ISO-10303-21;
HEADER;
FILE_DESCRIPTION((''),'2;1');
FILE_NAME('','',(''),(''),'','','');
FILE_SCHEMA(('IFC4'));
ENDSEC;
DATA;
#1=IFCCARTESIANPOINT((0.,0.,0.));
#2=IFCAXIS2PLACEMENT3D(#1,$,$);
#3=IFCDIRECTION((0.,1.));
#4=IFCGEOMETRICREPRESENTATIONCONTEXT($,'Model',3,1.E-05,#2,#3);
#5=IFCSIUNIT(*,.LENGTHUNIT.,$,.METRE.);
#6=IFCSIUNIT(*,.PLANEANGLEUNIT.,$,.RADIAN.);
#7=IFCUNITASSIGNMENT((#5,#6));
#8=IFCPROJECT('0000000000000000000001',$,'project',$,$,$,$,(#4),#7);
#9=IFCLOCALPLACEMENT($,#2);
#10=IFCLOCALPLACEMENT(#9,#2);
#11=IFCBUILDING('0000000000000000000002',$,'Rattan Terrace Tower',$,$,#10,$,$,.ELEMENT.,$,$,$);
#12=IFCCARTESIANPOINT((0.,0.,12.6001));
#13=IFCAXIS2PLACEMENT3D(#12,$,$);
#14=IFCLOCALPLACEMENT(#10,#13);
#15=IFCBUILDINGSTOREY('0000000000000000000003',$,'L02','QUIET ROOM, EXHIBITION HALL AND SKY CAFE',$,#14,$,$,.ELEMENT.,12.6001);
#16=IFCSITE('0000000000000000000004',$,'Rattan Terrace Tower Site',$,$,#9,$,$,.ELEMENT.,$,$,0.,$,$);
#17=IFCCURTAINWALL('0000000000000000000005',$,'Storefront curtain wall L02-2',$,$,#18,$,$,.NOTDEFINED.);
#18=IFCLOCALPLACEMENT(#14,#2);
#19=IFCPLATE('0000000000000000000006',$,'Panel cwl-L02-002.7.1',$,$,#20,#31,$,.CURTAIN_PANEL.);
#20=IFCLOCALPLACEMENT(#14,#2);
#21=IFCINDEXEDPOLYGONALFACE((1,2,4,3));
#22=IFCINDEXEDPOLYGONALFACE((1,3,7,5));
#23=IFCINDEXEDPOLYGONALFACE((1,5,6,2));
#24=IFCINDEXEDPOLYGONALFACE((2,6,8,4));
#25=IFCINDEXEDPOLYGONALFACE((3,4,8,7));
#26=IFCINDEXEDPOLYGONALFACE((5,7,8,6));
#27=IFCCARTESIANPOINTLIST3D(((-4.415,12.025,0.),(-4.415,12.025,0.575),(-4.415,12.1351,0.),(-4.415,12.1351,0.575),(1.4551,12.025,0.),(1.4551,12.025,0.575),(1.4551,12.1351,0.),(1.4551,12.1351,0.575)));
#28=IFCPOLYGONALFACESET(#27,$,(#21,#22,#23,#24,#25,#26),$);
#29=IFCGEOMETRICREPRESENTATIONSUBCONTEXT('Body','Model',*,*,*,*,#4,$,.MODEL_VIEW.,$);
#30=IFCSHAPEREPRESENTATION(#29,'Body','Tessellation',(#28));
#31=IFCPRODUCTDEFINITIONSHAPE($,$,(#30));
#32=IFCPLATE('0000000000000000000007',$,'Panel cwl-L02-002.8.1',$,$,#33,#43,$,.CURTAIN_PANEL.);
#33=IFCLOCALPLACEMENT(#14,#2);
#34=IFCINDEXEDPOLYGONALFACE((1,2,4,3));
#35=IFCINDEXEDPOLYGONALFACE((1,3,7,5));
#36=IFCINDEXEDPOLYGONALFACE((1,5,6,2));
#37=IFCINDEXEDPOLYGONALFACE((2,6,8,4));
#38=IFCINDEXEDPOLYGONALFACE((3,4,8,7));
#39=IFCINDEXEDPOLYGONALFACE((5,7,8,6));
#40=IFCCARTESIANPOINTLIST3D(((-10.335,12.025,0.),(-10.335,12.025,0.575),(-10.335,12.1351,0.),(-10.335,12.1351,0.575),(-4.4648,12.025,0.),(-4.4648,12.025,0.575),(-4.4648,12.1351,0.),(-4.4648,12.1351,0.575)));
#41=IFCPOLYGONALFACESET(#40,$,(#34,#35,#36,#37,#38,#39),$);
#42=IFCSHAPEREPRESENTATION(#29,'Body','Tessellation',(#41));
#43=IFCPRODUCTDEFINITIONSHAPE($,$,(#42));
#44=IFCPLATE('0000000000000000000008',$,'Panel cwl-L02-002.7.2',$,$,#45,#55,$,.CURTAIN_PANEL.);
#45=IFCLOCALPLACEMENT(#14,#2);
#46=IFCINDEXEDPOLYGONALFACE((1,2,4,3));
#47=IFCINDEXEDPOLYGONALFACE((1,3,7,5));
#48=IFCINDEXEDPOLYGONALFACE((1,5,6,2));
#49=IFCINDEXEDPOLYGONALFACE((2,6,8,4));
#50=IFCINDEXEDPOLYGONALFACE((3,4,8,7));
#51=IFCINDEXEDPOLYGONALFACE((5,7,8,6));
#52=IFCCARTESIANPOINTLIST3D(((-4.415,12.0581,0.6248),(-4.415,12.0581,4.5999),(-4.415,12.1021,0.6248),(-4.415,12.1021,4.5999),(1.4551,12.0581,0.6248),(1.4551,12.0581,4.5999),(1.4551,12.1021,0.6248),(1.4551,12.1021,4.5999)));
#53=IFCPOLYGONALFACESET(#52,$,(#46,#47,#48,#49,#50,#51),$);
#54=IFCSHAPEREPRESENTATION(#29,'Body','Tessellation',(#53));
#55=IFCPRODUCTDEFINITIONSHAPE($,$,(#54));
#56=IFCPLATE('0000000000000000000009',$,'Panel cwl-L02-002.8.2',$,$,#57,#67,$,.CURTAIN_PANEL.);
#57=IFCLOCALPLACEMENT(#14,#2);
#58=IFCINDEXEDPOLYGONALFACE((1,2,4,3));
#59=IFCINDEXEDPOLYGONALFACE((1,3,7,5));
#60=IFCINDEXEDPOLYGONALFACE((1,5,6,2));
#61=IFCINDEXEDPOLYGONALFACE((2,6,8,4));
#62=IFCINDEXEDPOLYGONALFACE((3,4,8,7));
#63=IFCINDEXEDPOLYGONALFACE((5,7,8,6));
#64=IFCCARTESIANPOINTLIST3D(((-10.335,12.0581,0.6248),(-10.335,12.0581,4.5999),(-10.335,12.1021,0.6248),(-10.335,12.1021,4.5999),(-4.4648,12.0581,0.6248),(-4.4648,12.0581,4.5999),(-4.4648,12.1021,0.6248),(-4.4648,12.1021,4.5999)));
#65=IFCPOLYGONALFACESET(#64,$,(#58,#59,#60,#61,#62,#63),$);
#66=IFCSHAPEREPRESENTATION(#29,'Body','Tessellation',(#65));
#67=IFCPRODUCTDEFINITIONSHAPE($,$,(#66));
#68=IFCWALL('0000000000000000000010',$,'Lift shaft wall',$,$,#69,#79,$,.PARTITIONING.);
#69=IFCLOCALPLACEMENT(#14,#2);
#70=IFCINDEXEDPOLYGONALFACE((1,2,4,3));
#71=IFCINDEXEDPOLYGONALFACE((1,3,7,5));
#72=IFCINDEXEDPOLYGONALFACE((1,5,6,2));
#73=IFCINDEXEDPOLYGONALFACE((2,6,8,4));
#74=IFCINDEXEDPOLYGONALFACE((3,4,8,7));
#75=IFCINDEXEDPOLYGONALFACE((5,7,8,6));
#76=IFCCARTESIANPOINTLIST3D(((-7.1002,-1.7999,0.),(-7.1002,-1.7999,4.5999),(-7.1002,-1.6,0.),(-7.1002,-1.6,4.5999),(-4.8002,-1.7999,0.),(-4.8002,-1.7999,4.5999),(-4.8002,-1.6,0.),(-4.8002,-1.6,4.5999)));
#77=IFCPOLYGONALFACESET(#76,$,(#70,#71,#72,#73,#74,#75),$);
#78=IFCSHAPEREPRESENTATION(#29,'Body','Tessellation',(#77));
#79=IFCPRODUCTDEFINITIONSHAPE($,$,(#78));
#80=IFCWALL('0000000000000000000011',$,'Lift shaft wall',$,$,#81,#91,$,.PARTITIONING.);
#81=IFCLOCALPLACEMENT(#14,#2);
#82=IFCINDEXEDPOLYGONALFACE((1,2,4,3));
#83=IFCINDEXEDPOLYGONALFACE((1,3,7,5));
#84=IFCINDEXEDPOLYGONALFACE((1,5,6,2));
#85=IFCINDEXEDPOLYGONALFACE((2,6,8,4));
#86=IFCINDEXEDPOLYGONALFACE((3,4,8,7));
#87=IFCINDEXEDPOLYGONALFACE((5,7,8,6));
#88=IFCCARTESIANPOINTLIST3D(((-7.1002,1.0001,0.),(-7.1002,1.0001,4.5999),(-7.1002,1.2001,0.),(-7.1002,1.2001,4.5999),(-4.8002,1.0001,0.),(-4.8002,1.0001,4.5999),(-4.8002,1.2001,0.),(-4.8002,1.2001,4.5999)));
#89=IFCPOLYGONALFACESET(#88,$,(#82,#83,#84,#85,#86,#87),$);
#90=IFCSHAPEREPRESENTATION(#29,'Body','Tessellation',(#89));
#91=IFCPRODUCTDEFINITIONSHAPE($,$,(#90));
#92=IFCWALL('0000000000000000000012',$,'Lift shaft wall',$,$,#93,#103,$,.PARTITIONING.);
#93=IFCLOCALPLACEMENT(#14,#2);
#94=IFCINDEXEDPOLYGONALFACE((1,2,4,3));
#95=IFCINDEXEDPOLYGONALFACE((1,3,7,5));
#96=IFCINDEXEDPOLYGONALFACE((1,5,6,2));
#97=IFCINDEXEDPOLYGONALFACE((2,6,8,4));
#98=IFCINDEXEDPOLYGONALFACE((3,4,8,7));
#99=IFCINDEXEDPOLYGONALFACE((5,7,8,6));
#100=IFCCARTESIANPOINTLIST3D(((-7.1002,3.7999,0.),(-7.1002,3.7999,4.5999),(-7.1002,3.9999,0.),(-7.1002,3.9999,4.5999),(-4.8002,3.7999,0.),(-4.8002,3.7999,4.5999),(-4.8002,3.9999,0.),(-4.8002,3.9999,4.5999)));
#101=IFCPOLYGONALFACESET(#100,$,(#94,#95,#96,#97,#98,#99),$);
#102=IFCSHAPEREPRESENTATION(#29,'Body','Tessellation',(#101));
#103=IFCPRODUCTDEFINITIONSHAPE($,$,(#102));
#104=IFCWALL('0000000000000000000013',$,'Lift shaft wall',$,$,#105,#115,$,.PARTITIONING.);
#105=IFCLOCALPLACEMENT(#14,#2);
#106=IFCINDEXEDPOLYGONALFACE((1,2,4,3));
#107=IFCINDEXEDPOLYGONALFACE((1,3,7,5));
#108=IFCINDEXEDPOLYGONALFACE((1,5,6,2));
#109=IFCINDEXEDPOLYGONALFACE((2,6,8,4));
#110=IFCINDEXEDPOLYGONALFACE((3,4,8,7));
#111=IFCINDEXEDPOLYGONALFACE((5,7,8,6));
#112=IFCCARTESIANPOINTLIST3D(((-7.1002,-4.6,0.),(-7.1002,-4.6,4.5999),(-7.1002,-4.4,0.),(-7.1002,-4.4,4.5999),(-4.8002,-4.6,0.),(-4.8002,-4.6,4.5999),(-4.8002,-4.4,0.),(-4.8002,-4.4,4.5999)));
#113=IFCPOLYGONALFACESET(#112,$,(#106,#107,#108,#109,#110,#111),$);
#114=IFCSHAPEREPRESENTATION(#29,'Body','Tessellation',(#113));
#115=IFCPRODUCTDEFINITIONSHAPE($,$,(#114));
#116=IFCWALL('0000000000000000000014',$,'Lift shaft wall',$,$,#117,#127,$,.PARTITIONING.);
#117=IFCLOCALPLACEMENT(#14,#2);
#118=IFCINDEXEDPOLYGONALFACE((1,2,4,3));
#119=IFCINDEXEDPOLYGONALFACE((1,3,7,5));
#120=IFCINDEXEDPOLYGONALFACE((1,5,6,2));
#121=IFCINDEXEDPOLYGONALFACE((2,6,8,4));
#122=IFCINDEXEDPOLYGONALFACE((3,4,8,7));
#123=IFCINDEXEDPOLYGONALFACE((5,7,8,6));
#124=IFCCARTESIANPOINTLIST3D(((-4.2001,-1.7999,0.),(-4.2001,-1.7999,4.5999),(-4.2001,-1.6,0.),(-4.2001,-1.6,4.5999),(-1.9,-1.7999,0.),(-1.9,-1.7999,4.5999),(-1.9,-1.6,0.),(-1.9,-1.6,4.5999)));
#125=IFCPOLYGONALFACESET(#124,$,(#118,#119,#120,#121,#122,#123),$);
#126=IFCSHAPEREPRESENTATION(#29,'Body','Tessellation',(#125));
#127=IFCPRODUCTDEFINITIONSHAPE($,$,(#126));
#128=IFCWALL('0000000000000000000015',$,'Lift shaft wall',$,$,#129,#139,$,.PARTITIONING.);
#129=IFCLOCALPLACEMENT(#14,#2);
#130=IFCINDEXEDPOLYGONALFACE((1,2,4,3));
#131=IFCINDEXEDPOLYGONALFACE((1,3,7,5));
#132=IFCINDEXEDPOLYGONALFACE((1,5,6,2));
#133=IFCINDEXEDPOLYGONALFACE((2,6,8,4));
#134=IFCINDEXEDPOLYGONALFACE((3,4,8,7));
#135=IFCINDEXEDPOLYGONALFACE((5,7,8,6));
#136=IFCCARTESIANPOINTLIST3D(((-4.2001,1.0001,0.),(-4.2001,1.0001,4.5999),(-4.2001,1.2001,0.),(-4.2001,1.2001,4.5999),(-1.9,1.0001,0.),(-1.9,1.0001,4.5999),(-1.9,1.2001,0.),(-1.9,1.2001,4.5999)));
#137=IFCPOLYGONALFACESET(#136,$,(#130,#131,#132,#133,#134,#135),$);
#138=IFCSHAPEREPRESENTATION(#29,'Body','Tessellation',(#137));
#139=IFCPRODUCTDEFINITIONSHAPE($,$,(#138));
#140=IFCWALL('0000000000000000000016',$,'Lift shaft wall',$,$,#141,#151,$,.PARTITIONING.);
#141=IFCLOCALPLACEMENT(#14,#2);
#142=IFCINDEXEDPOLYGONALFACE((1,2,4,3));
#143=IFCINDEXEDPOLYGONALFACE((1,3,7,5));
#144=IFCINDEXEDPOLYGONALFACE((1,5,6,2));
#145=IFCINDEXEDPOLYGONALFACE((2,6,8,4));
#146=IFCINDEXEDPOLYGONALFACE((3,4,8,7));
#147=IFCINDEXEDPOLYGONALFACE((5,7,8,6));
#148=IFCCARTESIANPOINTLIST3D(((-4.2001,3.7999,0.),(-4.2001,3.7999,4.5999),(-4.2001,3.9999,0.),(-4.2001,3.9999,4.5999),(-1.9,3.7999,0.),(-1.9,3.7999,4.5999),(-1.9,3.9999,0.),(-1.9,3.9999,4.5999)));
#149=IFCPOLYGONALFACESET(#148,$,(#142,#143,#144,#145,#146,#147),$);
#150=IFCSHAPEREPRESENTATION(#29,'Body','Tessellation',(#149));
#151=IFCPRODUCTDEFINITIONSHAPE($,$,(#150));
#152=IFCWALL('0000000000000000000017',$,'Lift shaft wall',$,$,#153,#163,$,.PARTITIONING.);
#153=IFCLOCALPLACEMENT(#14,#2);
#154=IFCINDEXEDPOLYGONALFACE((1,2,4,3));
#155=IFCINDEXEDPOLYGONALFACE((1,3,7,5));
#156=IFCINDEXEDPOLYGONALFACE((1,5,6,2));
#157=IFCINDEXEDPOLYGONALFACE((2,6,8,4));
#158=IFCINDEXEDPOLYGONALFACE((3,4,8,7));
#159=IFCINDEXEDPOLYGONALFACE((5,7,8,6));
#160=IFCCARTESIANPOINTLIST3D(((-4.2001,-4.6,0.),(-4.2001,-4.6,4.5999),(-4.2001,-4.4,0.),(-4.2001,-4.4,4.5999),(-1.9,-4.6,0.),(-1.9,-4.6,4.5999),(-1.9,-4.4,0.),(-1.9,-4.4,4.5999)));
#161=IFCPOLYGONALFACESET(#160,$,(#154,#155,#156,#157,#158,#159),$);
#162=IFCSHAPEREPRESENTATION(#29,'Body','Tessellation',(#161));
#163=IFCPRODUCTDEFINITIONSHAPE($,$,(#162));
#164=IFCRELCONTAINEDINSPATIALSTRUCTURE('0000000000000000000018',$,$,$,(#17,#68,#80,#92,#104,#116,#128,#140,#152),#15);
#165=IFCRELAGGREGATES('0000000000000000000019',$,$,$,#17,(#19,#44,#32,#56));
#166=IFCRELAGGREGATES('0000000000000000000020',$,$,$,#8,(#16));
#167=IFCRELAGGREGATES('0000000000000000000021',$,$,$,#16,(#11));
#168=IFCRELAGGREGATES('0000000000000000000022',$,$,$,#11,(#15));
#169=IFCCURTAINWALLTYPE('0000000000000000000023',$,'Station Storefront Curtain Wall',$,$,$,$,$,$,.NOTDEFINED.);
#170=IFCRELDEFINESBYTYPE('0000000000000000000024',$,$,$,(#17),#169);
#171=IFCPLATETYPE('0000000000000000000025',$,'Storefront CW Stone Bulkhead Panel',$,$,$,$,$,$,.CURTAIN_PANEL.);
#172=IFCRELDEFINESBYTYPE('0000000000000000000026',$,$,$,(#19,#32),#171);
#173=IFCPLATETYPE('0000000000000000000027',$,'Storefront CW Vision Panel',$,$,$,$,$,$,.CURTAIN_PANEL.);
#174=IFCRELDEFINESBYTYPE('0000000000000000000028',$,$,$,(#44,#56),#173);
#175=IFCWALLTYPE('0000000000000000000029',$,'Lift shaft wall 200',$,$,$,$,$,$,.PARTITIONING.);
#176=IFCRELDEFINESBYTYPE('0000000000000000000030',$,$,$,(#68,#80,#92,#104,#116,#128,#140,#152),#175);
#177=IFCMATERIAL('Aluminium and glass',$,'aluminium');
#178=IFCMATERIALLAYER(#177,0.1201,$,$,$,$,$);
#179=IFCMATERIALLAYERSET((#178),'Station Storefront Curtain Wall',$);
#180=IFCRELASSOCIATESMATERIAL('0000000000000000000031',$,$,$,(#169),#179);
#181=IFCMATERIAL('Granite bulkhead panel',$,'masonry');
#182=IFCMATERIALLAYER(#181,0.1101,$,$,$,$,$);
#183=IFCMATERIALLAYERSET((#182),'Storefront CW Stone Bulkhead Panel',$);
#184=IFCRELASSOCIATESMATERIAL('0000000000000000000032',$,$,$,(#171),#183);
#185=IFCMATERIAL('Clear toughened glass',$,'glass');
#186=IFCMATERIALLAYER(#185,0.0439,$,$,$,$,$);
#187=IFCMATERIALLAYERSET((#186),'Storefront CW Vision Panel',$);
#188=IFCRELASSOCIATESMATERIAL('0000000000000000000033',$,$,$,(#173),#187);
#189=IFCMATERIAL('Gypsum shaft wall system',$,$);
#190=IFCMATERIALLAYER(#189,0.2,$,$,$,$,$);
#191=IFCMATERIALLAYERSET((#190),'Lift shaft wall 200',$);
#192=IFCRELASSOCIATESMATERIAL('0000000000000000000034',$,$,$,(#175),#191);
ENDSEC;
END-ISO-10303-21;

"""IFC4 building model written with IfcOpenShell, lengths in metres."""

from ifc_helpers import new_model, si_unit, direction, frame, frame_2d, origin, origin_2d, place, context, subcontext, project, spatial, rectangle, extrude, material, layer, layer_set, type_object, element, aggregate, save


model = new_model("IFC4")

# Units and contexts
model_context = context("Model", 3, precision=1e-05, world=origin(), true_north=direction((0.0, 1.0)))
body_context = subcontext(model_context, "Body", "Model", "MODEL_VIEW")
ifc_project = project(units=[si_unit("LENGTHUNIT", "METRE"), si_unit("PLANEANGLEUNIT", "RADIAN")], contexts=[model_context])

# Site, building, storey
site_placement = place(None, origin())
site = spatial("IfcSite", under=ifc_project, at=site_placement, Name="Rattan Terrace Tower Site", CompositionType="ELEMENT", RefElevation=0.0)
building_placement = place(site_placement, origin())
building = spatial("IfcBuilding", under=site, at=building_placement, Name="Rattan Terrace Tower", CompositionType="ELEMENT")
storey_placement = place(building_placement, frame((0.0, 0.0, 12.6001)))
storey = spatial("IfcBuildingStorey", under=building, at=storey_placement, Name="L02", Description="QUIET ROOM, EXHIBITION HALL AND SKY CAFE", CompositionType="ELEMENT", Elevation=12.6001)

# Curtain wall
ifc_material_1 = material(Name="Aluminium and glass", Category="aluminium")
ifc_layer_1 = layer(ifc_material_1, 0.1201)
ifc_layer_set_1 = layer_set([ifc_layer_1], Name="Station Storefront Curtain Wall")
curtain_wall_type = type_object("IfcCurtainWallType", Name="Station Storefront Curtain Wall", PredefinedType="NOTDEFINED", material=ifc_layer_set_1)
curtain_wall_placement = place(storey_placement, origin())
curtain_wall = element("IfcCurtainWall", 1, at=curtain_wall_placement, inside=storey, type_object=curtain_wall_type, Name="Storefront curtain wall L02-2", PredefinedType="NOTDEFINED")

# Plates
ifc_material_2 = material(Name="Granite bulkhead panel", Category="masonry")
ifc_layer_2 = layer(ifc_material_2, 0.1101)
ifc_layer_set_2 = layer_set([ifc_layer_2], Name="Storefront CW Stone Bulkhead Panel")
plate_type_1 = type_object("IfcPlateType", Name="Storefront CW Stone Bulkhead Panel", PredefinedType="CURTAIN_PANEL", material=ifc_layer_set_2)
plate_1_placement = place(storey_placement, frame((-1.48, 12.0801, 0.0), z_axis=(0.0, 0.0, 1.0), x_axis=(-1.0, 0.0, 0.0)))
plate_1 = element("IfcPlate", 2, at=plate_1_placement, type_object=plate_type_1, Name="Panel cwl-L02-002.7.1", PredefinedType="CURTAIN_PANEL", context=body_context, shape_type="SweptSolid", body=[
    extrude(rectangle(XDim=5.8701, YDim=0.1101, at=origin_2d()), origin(), (0.0, 0.0, 1.0), 0.575),
])
plate_2_placement = place(storey_placement, frame((-7.3999, 12.0801, 0.0), z_axis=(0.0, 0.0, 1.0), x_axis=(-1.0, 0.0, 0.0)))
plate_2 = element("IfcPlate", 3, at=plate_2_placement, type_object=plate_type_1, Name="Panel cwl-L02-002.8.1", PredefinedType="CURTAIN_PANEL", context=body_context, shape_type="SweptSolid", body=[
    extrude(rectangle(XDim=5.8701, YDim=0.1101, at=origin_2d()), origin(), (0.0, 0.0, 1.0), 0.575),
])
ifc_material_3 = material(Name="Clear toughened glass", Category="glass")
ifc_layer_3 = layer(ifc_material_3, 0.0439)
ifc_layer_set_3 = layer_set([ifc_layer_3], Name="Storefront CW Vision Panel")
plate_type_2 = type_object("IfcPlateType", Name="Storefront CW Vision Panel", PredefinedType="CURTAIN_PANEL", material=ifc_layer_set_3)
plate_3_placement = place(storey_placement, frame((-1.48, 12.0801, 0.6248), z_axis=(0.0, 0.0, 1.0), x_axis=(-1.0, 0.0, 0.0)))
plate_3 = element("IfcPlate", 4, at=plate_3_placement, type_object=plate_type_2, Name="Panel cwl-L02-002.7.2", PredefinedType="CURTAIN_PANEL", context=body_context, shape_type="SweptSolid", body=[
    extrude(rectangle(XDim=5.8701, YDim=0.0439, at=origin_2d()), origin(), (0.0, 0.0, 1.0), 3.9751),
])
plate_4_placement = place(storey_placement, frame((-7.3999, 12.0801, 0.6248), z_axis=(0.0, 0.0, 1.0), x_axis=(-1.0, 0.0, 0.0)))
plate_4 = element("IfcPlate", 5, at=plate_4_placement, type_object=plate_type_2, Name="Panel cwl-L02-002.8.2", PredefinedType="CURTAIN_PANEL", context=body_context, shape_type="SweptSolid", body=[
    extrude(rectangle(XDim=5.8701, YDim=0.0439, at=origin_2d()), origin(), (0.0, 0.0, 1.0), 3.9751),
])
aggregate(curtain_wall, [plate_1, plate_3, plate_2, plate_4])

# Walls
ifc_material_4 = material(Name="Gypsum shaft wall system")
ifc_layer_4 = layer(ifc_material_4, 0.2)
ifc_layer_set_4 = layer_set([ifc_layer_4], Name="Lift shaft wall 200")
wall_type = type_object("IfcWallType", Name="Lift shaft wall 200", PredefinedType="PARTITIONING", material=ifc_layer_set_4)
for number, where, z_axis, x_axis, name in (
    (6, (-7.1001, -1.7, 0.0), (0.0, 0.0, 1.0), (1.0, 0.0, 0.0), "Lift shaft wall"),
    (7, (-7.1001, 1.1001, 0.0), (0.0, 0.0, 1.0), (1.0, 0.0, 0.0), "Lift shaft wall"),
    (8, (-7.1001, 3.8999, 0.0), (0.0, 0.0, 1.0), (1.0, 0.0, 0.0), "Lift shaft wall"),
    (9, (-7.1001, -4.5, 0.0), (0.0, 0.0, 1.0), (1.0, 0.0, 0.0), "Lift shaft wall"),
    (10, (-4.2, -1.7, 0.0), (0.0, 0.0, 1.0), (1.0, 0.0, 0.0), "Lift shaft wall"),
    (11, (-4.2, 1.1001, 0.0), (0.0, 0.0, 1.0), (1.0, 0.0, 0.0), "Lift shaft wall"),
    (12, (-4.2, 3.8999, 0.0), (0.0, 0.0, 1.0), (1.0, 0.0, 0.0), "Lift shaft wall"),
    (13, (-4.2, -4.5, 0.0), (0.0, 0.0, 1.0), (1.0, 0.0, 0.0), "Lift shaft wall"),
):
    element("IfcWall", number, at=place(storey_placement, frame(where, z_axis=z_axis, x_axis=x_axis)), inside=storey, type_object=wall_type, Name=name, PredefinedType="PARTITIONING", context=body_context, shape_type="SweptSolid", body=[
        extrude(rectangle(XDim=2.3, YDim=0.2, at=frame_2d((1.1499, 0.0))), origin(), (0.0, 0.0, 1.0), 4.5999),
    ])

save(model, "model.ifc")
